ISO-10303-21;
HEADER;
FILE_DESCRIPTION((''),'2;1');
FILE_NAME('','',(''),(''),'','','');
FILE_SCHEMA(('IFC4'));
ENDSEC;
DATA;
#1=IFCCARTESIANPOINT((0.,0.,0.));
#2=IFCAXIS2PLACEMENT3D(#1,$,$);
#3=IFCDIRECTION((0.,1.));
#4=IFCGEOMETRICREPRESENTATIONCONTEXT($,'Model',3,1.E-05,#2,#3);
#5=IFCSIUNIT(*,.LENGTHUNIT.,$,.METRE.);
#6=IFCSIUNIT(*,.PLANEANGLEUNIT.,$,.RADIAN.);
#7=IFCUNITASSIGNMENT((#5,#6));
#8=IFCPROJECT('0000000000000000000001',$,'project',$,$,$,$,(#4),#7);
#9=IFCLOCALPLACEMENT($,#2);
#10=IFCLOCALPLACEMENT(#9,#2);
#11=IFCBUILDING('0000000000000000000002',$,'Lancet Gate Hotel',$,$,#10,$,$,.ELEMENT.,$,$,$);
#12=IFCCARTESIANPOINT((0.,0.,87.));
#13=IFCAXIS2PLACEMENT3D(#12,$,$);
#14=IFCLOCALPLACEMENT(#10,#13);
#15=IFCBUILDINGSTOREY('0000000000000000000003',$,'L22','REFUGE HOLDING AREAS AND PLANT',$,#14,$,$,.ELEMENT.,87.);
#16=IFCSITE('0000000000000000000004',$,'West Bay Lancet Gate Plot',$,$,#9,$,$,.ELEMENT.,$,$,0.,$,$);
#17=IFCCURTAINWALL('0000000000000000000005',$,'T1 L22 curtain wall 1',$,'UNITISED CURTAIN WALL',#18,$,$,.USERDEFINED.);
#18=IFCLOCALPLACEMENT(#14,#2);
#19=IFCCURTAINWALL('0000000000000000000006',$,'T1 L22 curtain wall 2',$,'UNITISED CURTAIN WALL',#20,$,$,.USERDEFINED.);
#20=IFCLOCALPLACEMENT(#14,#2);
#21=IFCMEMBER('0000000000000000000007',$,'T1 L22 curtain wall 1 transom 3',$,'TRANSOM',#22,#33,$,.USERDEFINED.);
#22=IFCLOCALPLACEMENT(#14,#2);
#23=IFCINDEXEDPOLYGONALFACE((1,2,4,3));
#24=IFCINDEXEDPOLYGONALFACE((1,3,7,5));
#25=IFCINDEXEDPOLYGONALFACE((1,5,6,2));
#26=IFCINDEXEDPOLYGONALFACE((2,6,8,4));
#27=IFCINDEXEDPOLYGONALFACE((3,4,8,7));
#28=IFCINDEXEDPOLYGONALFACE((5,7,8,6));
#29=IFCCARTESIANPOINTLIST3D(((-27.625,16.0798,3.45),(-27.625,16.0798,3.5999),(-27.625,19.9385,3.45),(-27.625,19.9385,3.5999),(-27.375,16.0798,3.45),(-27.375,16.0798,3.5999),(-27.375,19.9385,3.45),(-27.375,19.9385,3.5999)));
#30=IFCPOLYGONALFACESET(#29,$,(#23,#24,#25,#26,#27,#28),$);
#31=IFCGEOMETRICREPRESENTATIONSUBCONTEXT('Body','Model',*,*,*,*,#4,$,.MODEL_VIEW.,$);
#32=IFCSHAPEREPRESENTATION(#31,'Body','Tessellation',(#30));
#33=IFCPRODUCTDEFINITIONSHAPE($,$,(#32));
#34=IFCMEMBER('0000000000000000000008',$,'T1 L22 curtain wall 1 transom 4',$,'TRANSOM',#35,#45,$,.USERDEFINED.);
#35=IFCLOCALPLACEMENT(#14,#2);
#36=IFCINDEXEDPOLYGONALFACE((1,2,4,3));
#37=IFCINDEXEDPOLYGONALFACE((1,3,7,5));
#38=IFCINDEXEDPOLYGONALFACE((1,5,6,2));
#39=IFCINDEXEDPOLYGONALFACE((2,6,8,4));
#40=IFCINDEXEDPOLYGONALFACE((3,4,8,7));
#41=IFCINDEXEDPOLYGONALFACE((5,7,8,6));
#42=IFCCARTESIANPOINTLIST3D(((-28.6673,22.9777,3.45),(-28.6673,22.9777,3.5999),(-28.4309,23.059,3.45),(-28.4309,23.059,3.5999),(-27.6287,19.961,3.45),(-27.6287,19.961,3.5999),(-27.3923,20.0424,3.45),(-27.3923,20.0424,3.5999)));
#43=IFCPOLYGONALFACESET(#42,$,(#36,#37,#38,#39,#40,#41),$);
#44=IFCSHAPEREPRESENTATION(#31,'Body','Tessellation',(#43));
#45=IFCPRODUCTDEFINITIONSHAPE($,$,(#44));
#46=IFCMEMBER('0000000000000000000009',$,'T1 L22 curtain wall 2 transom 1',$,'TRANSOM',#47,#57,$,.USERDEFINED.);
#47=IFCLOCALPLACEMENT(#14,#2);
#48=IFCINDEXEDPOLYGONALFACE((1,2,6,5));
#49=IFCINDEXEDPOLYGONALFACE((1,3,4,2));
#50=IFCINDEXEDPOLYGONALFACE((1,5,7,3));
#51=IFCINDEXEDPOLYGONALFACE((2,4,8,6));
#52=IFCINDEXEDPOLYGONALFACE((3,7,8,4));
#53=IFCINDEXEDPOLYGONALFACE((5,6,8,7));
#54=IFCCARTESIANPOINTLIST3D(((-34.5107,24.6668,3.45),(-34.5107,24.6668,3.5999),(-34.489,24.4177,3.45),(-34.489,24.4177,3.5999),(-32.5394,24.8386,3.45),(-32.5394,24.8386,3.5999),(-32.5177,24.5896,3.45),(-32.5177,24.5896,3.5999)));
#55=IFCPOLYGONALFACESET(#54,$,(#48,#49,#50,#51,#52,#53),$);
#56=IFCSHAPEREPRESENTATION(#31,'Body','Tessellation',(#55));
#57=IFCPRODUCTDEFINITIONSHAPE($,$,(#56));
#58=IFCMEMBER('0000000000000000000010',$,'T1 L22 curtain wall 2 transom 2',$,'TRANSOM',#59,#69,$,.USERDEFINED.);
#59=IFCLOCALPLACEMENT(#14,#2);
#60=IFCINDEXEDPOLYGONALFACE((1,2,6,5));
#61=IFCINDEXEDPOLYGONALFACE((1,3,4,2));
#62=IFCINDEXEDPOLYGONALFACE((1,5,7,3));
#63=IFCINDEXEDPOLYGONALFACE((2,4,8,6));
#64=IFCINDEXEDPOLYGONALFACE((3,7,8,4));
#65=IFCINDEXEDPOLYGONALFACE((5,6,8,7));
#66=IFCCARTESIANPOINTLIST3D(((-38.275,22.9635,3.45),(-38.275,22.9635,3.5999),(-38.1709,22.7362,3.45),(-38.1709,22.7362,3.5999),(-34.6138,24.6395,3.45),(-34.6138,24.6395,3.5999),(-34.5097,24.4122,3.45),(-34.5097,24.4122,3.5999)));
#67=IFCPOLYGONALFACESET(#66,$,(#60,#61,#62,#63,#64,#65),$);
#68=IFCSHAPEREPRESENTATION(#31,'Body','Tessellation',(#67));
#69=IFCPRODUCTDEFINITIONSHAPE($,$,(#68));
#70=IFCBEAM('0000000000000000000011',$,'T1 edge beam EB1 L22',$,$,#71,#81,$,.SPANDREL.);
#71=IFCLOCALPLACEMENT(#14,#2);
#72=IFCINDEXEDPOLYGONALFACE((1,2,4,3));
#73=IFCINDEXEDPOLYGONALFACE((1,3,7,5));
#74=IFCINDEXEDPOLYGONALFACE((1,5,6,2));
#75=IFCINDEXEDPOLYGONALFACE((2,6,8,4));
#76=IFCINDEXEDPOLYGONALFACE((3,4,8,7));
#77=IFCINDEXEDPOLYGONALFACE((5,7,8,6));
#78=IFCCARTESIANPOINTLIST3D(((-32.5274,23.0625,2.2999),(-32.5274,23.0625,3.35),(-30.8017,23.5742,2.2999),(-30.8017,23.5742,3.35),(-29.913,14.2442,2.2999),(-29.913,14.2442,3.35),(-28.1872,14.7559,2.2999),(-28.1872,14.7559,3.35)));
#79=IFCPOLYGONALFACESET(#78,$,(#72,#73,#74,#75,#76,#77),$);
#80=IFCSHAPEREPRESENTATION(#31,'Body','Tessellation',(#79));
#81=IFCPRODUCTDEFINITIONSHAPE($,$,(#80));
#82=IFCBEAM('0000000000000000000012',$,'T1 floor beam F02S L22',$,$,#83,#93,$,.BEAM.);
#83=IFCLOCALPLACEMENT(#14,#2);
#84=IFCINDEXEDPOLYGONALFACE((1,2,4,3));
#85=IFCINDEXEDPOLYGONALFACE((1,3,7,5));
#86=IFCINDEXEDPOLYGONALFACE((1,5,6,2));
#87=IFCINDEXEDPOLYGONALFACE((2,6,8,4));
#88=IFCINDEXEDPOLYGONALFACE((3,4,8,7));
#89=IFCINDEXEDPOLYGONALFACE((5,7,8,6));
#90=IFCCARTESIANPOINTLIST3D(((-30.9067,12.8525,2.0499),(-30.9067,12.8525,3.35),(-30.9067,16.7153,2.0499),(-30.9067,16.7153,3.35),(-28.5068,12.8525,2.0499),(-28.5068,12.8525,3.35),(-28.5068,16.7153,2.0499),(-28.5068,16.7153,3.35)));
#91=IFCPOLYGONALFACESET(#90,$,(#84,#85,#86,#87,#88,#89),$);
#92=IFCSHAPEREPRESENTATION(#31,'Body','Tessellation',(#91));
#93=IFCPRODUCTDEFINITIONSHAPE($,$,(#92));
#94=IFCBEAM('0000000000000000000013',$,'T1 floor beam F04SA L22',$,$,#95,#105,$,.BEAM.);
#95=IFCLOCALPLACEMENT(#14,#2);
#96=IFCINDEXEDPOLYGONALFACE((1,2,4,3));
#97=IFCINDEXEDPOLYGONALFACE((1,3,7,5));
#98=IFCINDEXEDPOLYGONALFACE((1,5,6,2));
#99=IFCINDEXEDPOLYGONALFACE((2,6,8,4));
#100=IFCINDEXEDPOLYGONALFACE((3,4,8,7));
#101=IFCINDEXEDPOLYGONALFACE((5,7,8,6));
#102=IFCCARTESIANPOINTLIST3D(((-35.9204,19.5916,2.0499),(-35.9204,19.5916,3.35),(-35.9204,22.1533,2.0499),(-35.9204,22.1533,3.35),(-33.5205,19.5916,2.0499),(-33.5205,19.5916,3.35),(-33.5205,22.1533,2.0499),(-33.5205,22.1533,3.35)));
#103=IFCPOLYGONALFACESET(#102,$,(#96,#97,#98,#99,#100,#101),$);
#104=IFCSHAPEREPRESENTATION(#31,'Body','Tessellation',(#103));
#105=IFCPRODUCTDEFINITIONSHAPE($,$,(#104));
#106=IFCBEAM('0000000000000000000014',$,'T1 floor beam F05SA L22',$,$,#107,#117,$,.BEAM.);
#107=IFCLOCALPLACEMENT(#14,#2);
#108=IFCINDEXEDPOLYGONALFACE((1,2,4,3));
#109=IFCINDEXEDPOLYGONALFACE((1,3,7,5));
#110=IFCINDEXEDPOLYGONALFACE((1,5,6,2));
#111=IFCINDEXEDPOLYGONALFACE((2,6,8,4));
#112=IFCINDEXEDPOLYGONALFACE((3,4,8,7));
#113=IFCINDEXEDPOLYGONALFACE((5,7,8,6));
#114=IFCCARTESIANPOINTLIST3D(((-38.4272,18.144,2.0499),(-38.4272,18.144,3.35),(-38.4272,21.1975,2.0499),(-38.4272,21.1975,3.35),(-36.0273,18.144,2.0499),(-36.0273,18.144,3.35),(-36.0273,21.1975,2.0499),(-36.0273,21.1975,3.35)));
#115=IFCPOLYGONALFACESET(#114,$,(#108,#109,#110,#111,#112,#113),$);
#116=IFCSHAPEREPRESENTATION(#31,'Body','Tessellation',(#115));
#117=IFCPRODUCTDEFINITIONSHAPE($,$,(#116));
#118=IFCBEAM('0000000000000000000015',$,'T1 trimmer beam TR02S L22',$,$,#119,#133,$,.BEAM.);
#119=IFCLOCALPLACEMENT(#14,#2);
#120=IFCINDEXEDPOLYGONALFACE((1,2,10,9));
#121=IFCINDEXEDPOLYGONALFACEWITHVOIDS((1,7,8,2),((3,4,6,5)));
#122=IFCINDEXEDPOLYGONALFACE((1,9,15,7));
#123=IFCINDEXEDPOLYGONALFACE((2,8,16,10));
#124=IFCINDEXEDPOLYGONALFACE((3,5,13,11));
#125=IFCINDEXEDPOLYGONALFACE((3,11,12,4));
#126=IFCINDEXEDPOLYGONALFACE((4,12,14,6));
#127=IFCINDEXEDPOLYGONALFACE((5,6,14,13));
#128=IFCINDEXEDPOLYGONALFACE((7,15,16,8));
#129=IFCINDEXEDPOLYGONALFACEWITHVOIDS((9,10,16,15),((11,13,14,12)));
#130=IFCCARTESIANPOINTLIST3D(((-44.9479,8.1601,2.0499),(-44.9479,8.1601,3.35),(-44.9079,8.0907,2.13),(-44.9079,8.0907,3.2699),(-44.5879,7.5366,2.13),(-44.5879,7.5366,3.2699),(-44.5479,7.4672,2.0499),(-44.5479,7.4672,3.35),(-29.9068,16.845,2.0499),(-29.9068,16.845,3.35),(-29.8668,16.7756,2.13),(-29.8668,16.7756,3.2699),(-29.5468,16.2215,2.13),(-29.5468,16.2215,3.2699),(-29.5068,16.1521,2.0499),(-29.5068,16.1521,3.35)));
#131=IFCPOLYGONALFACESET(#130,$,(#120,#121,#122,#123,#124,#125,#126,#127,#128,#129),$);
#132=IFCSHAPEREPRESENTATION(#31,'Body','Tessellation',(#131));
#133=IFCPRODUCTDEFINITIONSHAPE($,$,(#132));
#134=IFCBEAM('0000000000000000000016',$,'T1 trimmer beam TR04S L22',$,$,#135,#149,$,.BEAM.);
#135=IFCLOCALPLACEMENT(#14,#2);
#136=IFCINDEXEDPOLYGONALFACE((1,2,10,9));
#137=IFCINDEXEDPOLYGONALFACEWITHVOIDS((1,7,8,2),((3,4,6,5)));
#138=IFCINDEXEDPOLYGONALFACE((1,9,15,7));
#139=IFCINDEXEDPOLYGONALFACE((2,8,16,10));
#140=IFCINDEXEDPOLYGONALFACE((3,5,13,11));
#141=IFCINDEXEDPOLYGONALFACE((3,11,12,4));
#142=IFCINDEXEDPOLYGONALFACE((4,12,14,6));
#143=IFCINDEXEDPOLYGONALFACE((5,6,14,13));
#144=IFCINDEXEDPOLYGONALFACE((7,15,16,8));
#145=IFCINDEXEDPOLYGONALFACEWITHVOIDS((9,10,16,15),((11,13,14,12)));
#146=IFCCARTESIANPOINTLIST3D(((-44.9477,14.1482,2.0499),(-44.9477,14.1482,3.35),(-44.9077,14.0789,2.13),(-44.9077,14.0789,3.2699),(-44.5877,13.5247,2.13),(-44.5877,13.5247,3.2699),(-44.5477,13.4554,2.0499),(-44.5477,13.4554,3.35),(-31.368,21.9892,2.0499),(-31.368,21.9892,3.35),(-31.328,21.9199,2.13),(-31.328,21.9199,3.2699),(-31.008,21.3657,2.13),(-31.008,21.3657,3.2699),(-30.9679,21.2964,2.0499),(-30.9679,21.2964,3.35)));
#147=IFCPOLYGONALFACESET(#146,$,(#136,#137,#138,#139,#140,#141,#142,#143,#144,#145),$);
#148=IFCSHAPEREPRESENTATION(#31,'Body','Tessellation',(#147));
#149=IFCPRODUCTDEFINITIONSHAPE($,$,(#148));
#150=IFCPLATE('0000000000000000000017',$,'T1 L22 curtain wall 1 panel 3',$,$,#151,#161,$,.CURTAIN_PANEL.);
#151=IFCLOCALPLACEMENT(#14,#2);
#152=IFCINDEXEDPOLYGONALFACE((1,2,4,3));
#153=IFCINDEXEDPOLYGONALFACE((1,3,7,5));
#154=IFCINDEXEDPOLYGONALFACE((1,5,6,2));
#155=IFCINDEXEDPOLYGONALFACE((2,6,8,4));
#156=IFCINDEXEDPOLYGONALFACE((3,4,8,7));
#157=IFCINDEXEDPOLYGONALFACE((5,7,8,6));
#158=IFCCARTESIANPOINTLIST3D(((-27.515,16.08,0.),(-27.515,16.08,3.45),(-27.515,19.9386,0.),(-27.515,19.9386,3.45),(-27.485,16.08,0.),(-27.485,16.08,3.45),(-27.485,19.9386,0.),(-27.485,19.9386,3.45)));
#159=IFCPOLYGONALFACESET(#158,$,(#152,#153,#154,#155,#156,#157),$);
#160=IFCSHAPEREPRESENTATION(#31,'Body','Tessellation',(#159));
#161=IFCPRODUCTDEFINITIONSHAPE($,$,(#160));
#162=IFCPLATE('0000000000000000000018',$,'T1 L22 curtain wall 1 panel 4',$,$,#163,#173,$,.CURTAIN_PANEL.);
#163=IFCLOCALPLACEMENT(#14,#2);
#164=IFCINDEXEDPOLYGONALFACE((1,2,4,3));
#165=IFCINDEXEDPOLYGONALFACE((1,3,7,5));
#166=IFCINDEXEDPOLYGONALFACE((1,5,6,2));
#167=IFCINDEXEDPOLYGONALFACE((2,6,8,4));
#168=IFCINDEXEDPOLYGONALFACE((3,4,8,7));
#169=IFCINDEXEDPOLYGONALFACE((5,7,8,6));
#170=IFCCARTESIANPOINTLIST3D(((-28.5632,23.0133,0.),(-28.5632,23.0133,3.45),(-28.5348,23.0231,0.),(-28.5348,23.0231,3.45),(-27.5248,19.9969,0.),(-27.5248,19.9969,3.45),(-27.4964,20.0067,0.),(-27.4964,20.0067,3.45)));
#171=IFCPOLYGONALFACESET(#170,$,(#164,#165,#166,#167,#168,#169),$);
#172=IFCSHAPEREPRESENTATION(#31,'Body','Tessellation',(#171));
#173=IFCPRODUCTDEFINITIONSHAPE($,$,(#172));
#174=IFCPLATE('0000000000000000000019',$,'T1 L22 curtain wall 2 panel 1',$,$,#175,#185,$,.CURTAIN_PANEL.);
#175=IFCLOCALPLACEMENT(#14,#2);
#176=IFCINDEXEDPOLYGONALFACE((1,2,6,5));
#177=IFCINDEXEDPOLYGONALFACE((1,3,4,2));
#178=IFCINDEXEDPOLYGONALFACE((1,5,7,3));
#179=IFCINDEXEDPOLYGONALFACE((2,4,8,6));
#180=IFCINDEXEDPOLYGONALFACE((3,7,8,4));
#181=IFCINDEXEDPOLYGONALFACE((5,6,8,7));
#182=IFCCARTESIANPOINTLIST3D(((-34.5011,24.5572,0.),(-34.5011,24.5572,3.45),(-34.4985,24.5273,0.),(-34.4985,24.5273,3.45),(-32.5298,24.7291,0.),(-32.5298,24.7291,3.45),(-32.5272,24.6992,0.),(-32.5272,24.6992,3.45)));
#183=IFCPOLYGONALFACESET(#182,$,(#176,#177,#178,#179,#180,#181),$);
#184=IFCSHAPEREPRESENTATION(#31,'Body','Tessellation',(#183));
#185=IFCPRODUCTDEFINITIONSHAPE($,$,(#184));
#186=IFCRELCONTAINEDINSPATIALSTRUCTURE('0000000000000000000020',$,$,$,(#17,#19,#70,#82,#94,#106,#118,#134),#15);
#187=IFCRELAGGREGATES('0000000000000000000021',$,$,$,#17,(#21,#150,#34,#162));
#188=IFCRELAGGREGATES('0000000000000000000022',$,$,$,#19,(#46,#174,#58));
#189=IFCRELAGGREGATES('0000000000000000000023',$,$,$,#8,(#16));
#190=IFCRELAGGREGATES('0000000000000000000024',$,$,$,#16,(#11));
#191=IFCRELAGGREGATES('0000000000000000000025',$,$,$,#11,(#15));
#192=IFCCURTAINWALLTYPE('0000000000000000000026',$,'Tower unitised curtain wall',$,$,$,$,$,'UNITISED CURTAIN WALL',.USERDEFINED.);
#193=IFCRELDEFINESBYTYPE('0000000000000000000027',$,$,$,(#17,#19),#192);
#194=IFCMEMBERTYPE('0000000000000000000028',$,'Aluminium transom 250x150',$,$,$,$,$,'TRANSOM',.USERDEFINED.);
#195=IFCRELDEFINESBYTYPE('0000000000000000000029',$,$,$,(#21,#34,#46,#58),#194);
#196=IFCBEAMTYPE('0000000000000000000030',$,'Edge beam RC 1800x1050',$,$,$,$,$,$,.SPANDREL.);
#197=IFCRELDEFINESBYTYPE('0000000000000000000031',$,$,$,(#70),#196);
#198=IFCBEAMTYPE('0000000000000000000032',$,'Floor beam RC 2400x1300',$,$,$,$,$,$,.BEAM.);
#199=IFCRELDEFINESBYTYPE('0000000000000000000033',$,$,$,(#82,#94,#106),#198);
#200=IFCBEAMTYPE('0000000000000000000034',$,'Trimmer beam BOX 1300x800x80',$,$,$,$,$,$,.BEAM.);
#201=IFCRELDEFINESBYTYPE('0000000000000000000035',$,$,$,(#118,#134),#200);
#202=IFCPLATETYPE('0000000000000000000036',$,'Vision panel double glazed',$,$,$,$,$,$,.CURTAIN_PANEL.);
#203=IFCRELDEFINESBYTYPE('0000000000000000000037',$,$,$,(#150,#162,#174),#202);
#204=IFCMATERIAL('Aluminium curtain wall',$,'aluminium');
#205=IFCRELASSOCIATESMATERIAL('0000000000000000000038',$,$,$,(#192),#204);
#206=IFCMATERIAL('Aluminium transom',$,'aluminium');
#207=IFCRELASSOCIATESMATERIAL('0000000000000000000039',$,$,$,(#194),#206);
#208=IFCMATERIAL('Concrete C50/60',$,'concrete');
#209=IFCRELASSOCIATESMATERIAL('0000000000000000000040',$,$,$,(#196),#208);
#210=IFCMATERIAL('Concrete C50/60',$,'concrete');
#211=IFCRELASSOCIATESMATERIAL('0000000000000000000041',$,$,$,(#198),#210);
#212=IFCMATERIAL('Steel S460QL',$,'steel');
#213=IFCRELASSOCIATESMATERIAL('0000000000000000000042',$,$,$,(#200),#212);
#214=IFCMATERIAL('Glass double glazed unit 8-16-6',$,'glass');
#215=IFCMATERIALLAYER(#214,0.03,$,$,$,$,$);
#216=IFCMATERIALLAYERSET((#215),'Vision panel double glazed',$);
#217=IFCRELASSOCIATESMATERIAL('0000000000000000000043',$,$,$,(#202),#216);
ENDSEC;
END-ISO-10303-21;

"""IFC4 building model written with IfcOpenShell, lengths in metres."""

from ifc_helpers import new_model, si_unit, direction, frame, origin, origin_2d, place, context, subcontext, project, spatial, rectangle, hollow_rectangle, extrude, material, layer, layer_set, material_profile, profile_set, type_object, element, aggregate, save


model = new_model("IFC4")

# Units and contexts
model_context = context("Model", 3, precision=1e-05, world=origin(), true_north=direction((0.0, 1.0)))
body_context = subcontext(model_context, "Body", "Model", "MODEL_VIEW")
ifc_project = project(units=[si_unit("LENGTHUNIT", "METRE"), si_unit("PLANEANGLEUNIT", "RADIAN")], contexts=[model_context])

# Site, building, storey
site_placement = place(None, origin())
site = spatial("IfcSite", under=ifc_project, at=site_placement, Name="West Bay Lancet Gate Plot", CompositionType="ELEMENT", RefElevation=0.0)
building_placement = place(site_placement, origin())
building = spatial("IfcBuilding", under=site, at=building_placement, Name="Lancet Gate Hotel", CompositionType="ELEMENT")
storey_placement = place(building_placement, frame((0.0, 0.0, 87.0)))
storey = spatial("IfcBuildingStorey", under=building, at=storey_placement, Name="L22", Description="REFUGE HOLDING AREAS AND PLANT", CompositionType="ELEMENT", Elevation=87.0)

# Curtain walls
ifc_material_1 = material(Name="Aluminium curtain wall", Category="aluminium")
curtain_wall_type = type_object("IfcCurtainWallType", Name="Tower unitised curtain wall", ElementType="UNITISED CURTAIN WALL", PredefinedType="USERDEFINED", material=ifc_material_1)
curtain_wall_1_placement = place(storey_placement, origin())
curtain_wall_1 = element("IfcCurtainWall", 1, at=curtain_wall_1_placement, inside=storey, type_object=curtain_wall_type, Name="T1 L22 curtain wall 1", ObjectType="UNITISED CURTAIN WALL", PredefinedType="USERDEFINED")
curtain_wall_2_placement = place(storey_placement, origin())
curtain_wall_2 = element("IfcCurtainWall", 2, at=curtain_wall_2_placement, inside=storey, type_object=curtain_wall_type, Name="T1 L22 curtain wall 2", ObjectType="UNITISED CURTAIN WALL", PredefinedType="USERDEFINED")

# Members
ifc_material_2 = material(Name="Aluminium transom", Category="aluminium")
ifc_material_profile_1 = material_profile(ifc_material_2, rectangle(XDim=0.25, YDim=0.1499, at=origin_2d()), Name="TRANSOM 250x150")
ifc_profile_set_1 = profile_set([ifc_material_profile_1], Name="Aluminium transom")
member_type_1 = type_object("IfcMemberType", Name="Aluminium transom 250x150", ElementType="TRANSOM", PredefinedType="USERDEFINED", material=ifc_profile_set_1)
member_1_placement = place(storey_placement, frame((-27.5, 16.0798, 3.5249), z_axis=(0.0, 1.0, 0.0), x_axis=(-1.0, 0.0, 0.0)))
member_1 = element("IfcMember", 3, at=member_1_placement, type_object=member_type_1, Name="T1 L22 curtain wall 1 transom 3", ObjectType="TRANSOM", PredefinedType="USERDEFINED", context=body_context, shape_type="SweptSolid", body=[
    extrude(rectangle(XDim=0.25, YDim=0.1499, at=origin_2d()), origin(), (0.0, 0.0, 1.0), 3.8586),
])
member_2_placement = place(storey_placement, frame((-27.5105, 20.0017, 3.5249), z_axis=(-0.325533, 0.945531, 0.0), x_axis=(-0.945531, -0.325533, 0.0)))
member_2 = element("IfcMember", 4, at=member_2_placement, type_object=member_type_1, Name="T1 L22 curtain wall 1 transom 4", ObjectType="TRANSOM", PredefinedType="USERDEFINED", context=body_context, shape_type="SweptSolid", body=[
    extrude(rectangle(XDim=0.25, YDim=0.1499, at=origin_2d()), origin(), (0.0, 0.0, 1.0), 3.1904),
])
member_3_placement = place(storey_placement, frame((-32.5286, 24.7141, 3.5249), z_axis=(-0.99622, -0.086864, 0.0), x_axis=(0.086864, -0.99622, 0.0)))
member_3 = element("IfcMember", 5, at=member_3_placement, type_object=member_type_1, Name="T1 L22 curtain wall 2 transom 1", ObjectType="TRANSOM", PredefinedType="USERDEFINED", context=body_context, shape_type="SweptSolid", body=[
    extrude(rectangle(XDim=0.25, YDim=0.1499, at=origin_2d()), origin(), (0.0, 0.0, 1.0), 1.9788),
])
member_4_placement = place(storey_placement, frame((-34.5618, 24.5259, 3.5249), z_axis=(-0.909252, -0.416245, 0.0), x_axis=(0.416245, -0.909252, 0.0)))
member_4 = element("IfcMember", 6, at=member_4_placement, type_object=member_type_1, Name="T1 L22 curtain wall 2 transom 2", ObjectType="TRANSOM", PredefinedType="USERDEFINED", context=body_context, shape_type="SweptSolid", body=[
    extrude(rectangle(XDim=0.25, YDim=0.1499, at=origin_2d()), origin(), (0.0, 0.0, 1.0), 4.0266),
])

# Beams
ifc_material_3 = material(Name="Concrete C50/60", Category="concrete")
ifc_material_profile_2 = material_profile(ifc_material_3, rectangle(XDim=1.8, YDim=1.05, at=origin_2d()), Name="RC 1800x1050")
ifc_profile_set_2 = profile_set([ifc_material_profile_2], Name="Concrete C50/60")
beam_type_1 = type_object("IfcBeamType", Name="Edge beam RC 1800x1050", PredefinedType="SPANDREL", material=ifc_profile_set_2)
beam_1_placement = place(storey_placement, frame((-31.6646, 23.3184, 2.825), z_axis=(0.284254, -0.958749, 0.0), x_axis=(0.958749, 0.284254, 0.0)))
element("IfcBeam", 7, at=beam_1_placement, inside=storey, type_object=beam_type_1, Name="T1 edge beam EB1 L22", PredefinedType="SPANDREL", context=body_context, shape_type="SweptSolid", body=[
    extrude(rectangle(XDim=1.8, YDim=1.05, at=origin_2d()), origin(), (0.0, 0.0, 1.0), 9.1978),
])
ifc_material_4 = material(Name="Concrete C50/60", Category="concrete")
ifc_material_profile_3 = material_profile(ifc_material_4, rectangle(XDim=2.3999, YDim=1.3, at=origin_2d()), Name="RC 2400x1300")
ifc_profile_set_3 = profile_set([ifc_material_profile_3], Name="Concrete C50/60")
beam_type_2 = type_object("IfcBeamType", Name="Floor beam RC 2400x1300", PredefinedType="BEAM", material=ifc_profile_set_3)
beam_2_placement = place(storey_placement, frame((-29.7068, 16.7153, 2.7), z_axis=(0.0, -1.0, 0.0), x_axis=(1.0, 0.0, 0.0)))
element("IfcBeam", 8, at=beam_2_placement, inside=storey, type_object=beam_type_2, Name="T1 floor beam F02S L22", PredefinedType="BEAM", context=body_context, shape_type="SweptSolid", body=[
    extrude(rectangle(XDim=2.3999, YDim=1.3, at=origin_2d()), origin(), (0.0, 0.0, 1.0), 3.8628),
])
beam_3_placement = place(storey_placement, frame((-34.7205, 22.1533, 2.7), z_axis=(0.0, -1.0, 0.0), x_axis=(1.0, 0.0, 0.0)))
element("IfcBeam", 9, at=beam_3_placement, inside=storey, type_object=beam_type_2, Name="T1 floor beam F04SA L22", PredefinedType="BEAM", context=body_context, shape_type="SweptSolid", body=[
    extrude(rectangle(XDim=2.3999, YDim=1.3, at=origin_2d()), origin(), (0.0, 0.0, 1.0), 2.5618),
])
beam_4_placement = place(storey_placement, frame((-37.2273, 21.1975, 2.7), z_axis=(0.0, -1.0, 0.0), x_axis=(1.0, 0.0, 0.0)))
element("IfcBeam", 10, at=beam_4_placement, inside=storey, type_object=beam_type_2, Name="T1 floor beam F05SA L22", PredefinedType="BEAM", context=body_context, shape_type="SweptSolid", body=[
    extrude(rectangle(XDim=2.3999, YDim=1.3, at=origin_2d()), origin(), (0.0, 0.0, 1.0), 3.0535),
])
ifc_material_5 = material(Name="Steel S460QL", Category="steel")
ifc_material_profile_4 = material_profile(ifc_material_5, hollow_rectangle(XDim=0.8, YDim=1.3, WallThickness=0.0801, at=origin_2d()), Name="BOX 1300x800x80")
ifc_profile_set_4 = profile_set([ifc_material_profile_4], Name="Steel S460QL")
beam_type_3 = type_object("IfcBeamType", Name="Trimmer beam BOX 1300x800x80", PredefinedType="BEAM", material=ifc_profile_set_4)
beam_5_placement = place(storey_placement, frame((-29.7068, 16.4985, 2.7), z_axis=(-0.866003, -0.500038, 0.0), x_axis=(0.500038, -0.866003, 0.0)))
element("IfcBeam", 11, at=beam_5_placement, inside=storey, type_object=beam_type_3, Name="T1 trimmer beam TR02S L22", PredefinedType="BEAM", context=body_context, shape_type="SweptSolid", body=[
    extrude(hollow_rectangle(XDim=0.8, YDim=1.3, WallThickness=0.0801, at=origin_2d()), origin(), (0.0, 0.0, 1.0), 17.3684),
])
beam_6_placement = place(storey_placement, frame((-31.168, 21.6428, 2.7), z_axis=(-0.866005, -0.500036, 0.0), x_axis=(0.500036, -0.866005, 0.0)))
element("IfcBeam", 12, at=beam_6_placement, inside=storey, type_object=beam_type_3, Name="T1 trimmer beam TR04S L22", PredefinedType="BEAM", context=body_context, shape_type="SweptSolid", body=[
    extrude(hollow_rectangle(XDim=0.8, YDim=1.3, WallThickness=0.0801, at=origin_2d()), origin(), (0.0, 0.0, 1.0), 15.6809),
])

# Plates
ifc_material_6 = material(Name="Glass double glazed unit 8-16-6", Category="glass")
ifc_layer_1 = layer(ifc_material_6, 0.03)
ifc_layer_set_1 = layer_set([ifc_layer_1], Name="Vision panel double glazed")
plate_type = type_object("IfcPlateType", Name="Vision panel double glazed", PredefinedType="CURTAIN_PANEL", material=ifc_layer_set_1)
plate_1_placement = place(storey_placement, frame((-27.5, 18.0093, 0.0), z_axis=(0.0, 0.0, 1.0), x_axis=(0.0, 1.0, 0.0)))
plate_1 = element("IfcPlate", 13, at=plate_1_placement, type_object=plate_type, Name="T1 L22 curtain wall 1 panel 3", PredefinedType="CURTAIN_PANEL", context=body_context, shape_type="SweptSolid", body=[
    extrude(rectangle(XDim=3.8586, YDim=0.03, at=origin_2d()), origin(), (0.0, 0.0, 1.0), 3.45),
])
plate_2_placement = place(storey_placement, frame((-28.0298, 21.51, 0.0), z_axis=(0.0, 0.0, 1.0), x_axis=(-0.325516, 0.945537, 0.0)))
plate_2 = element("IfcPlate", 14, at=plate_2_placement, type_object=plate_type, Name="T1 L22 curtain wall 1 panel 4", PredefinedType="CURTAIN_PANEL", context=body_context, shape_type="SweptSolid", body=[
    extrude(rectangle(XDim=3.1902, YDim=0.03, at=origin_2d()), origin(), (0.0, 0.0, 1.0), 3.45),
])
aggregate(curtain_wall_1, [member_1, plate_1, member_2, plate_2])
plate_3_placement = place(storey_placement, frame((-33.5142, 24.6282, 0.0), z_axis=(0.0, 0.0, 1.0), x_axis=(-0.996219, -0.08688, 0.0)))
plate_3 = element("IfcPlate", 15, at=plate_3_placement, type_object=plate_type, Name="T1 L22 curtain wall 2 panel 1", PredefinedType="CURTAIN_PANEL", context=body_context, shape_type="SweptSolid", body=[
    extrude(rectangle(XDim=1.9788, YDim=0.03, at=origin_2d()), origin(), (0.0, 0.0, 1.0), 3.45),
])
aggregate(curtain_wall_2, [member_3, plate_3, member_4])

save(model, "model.ifc")
